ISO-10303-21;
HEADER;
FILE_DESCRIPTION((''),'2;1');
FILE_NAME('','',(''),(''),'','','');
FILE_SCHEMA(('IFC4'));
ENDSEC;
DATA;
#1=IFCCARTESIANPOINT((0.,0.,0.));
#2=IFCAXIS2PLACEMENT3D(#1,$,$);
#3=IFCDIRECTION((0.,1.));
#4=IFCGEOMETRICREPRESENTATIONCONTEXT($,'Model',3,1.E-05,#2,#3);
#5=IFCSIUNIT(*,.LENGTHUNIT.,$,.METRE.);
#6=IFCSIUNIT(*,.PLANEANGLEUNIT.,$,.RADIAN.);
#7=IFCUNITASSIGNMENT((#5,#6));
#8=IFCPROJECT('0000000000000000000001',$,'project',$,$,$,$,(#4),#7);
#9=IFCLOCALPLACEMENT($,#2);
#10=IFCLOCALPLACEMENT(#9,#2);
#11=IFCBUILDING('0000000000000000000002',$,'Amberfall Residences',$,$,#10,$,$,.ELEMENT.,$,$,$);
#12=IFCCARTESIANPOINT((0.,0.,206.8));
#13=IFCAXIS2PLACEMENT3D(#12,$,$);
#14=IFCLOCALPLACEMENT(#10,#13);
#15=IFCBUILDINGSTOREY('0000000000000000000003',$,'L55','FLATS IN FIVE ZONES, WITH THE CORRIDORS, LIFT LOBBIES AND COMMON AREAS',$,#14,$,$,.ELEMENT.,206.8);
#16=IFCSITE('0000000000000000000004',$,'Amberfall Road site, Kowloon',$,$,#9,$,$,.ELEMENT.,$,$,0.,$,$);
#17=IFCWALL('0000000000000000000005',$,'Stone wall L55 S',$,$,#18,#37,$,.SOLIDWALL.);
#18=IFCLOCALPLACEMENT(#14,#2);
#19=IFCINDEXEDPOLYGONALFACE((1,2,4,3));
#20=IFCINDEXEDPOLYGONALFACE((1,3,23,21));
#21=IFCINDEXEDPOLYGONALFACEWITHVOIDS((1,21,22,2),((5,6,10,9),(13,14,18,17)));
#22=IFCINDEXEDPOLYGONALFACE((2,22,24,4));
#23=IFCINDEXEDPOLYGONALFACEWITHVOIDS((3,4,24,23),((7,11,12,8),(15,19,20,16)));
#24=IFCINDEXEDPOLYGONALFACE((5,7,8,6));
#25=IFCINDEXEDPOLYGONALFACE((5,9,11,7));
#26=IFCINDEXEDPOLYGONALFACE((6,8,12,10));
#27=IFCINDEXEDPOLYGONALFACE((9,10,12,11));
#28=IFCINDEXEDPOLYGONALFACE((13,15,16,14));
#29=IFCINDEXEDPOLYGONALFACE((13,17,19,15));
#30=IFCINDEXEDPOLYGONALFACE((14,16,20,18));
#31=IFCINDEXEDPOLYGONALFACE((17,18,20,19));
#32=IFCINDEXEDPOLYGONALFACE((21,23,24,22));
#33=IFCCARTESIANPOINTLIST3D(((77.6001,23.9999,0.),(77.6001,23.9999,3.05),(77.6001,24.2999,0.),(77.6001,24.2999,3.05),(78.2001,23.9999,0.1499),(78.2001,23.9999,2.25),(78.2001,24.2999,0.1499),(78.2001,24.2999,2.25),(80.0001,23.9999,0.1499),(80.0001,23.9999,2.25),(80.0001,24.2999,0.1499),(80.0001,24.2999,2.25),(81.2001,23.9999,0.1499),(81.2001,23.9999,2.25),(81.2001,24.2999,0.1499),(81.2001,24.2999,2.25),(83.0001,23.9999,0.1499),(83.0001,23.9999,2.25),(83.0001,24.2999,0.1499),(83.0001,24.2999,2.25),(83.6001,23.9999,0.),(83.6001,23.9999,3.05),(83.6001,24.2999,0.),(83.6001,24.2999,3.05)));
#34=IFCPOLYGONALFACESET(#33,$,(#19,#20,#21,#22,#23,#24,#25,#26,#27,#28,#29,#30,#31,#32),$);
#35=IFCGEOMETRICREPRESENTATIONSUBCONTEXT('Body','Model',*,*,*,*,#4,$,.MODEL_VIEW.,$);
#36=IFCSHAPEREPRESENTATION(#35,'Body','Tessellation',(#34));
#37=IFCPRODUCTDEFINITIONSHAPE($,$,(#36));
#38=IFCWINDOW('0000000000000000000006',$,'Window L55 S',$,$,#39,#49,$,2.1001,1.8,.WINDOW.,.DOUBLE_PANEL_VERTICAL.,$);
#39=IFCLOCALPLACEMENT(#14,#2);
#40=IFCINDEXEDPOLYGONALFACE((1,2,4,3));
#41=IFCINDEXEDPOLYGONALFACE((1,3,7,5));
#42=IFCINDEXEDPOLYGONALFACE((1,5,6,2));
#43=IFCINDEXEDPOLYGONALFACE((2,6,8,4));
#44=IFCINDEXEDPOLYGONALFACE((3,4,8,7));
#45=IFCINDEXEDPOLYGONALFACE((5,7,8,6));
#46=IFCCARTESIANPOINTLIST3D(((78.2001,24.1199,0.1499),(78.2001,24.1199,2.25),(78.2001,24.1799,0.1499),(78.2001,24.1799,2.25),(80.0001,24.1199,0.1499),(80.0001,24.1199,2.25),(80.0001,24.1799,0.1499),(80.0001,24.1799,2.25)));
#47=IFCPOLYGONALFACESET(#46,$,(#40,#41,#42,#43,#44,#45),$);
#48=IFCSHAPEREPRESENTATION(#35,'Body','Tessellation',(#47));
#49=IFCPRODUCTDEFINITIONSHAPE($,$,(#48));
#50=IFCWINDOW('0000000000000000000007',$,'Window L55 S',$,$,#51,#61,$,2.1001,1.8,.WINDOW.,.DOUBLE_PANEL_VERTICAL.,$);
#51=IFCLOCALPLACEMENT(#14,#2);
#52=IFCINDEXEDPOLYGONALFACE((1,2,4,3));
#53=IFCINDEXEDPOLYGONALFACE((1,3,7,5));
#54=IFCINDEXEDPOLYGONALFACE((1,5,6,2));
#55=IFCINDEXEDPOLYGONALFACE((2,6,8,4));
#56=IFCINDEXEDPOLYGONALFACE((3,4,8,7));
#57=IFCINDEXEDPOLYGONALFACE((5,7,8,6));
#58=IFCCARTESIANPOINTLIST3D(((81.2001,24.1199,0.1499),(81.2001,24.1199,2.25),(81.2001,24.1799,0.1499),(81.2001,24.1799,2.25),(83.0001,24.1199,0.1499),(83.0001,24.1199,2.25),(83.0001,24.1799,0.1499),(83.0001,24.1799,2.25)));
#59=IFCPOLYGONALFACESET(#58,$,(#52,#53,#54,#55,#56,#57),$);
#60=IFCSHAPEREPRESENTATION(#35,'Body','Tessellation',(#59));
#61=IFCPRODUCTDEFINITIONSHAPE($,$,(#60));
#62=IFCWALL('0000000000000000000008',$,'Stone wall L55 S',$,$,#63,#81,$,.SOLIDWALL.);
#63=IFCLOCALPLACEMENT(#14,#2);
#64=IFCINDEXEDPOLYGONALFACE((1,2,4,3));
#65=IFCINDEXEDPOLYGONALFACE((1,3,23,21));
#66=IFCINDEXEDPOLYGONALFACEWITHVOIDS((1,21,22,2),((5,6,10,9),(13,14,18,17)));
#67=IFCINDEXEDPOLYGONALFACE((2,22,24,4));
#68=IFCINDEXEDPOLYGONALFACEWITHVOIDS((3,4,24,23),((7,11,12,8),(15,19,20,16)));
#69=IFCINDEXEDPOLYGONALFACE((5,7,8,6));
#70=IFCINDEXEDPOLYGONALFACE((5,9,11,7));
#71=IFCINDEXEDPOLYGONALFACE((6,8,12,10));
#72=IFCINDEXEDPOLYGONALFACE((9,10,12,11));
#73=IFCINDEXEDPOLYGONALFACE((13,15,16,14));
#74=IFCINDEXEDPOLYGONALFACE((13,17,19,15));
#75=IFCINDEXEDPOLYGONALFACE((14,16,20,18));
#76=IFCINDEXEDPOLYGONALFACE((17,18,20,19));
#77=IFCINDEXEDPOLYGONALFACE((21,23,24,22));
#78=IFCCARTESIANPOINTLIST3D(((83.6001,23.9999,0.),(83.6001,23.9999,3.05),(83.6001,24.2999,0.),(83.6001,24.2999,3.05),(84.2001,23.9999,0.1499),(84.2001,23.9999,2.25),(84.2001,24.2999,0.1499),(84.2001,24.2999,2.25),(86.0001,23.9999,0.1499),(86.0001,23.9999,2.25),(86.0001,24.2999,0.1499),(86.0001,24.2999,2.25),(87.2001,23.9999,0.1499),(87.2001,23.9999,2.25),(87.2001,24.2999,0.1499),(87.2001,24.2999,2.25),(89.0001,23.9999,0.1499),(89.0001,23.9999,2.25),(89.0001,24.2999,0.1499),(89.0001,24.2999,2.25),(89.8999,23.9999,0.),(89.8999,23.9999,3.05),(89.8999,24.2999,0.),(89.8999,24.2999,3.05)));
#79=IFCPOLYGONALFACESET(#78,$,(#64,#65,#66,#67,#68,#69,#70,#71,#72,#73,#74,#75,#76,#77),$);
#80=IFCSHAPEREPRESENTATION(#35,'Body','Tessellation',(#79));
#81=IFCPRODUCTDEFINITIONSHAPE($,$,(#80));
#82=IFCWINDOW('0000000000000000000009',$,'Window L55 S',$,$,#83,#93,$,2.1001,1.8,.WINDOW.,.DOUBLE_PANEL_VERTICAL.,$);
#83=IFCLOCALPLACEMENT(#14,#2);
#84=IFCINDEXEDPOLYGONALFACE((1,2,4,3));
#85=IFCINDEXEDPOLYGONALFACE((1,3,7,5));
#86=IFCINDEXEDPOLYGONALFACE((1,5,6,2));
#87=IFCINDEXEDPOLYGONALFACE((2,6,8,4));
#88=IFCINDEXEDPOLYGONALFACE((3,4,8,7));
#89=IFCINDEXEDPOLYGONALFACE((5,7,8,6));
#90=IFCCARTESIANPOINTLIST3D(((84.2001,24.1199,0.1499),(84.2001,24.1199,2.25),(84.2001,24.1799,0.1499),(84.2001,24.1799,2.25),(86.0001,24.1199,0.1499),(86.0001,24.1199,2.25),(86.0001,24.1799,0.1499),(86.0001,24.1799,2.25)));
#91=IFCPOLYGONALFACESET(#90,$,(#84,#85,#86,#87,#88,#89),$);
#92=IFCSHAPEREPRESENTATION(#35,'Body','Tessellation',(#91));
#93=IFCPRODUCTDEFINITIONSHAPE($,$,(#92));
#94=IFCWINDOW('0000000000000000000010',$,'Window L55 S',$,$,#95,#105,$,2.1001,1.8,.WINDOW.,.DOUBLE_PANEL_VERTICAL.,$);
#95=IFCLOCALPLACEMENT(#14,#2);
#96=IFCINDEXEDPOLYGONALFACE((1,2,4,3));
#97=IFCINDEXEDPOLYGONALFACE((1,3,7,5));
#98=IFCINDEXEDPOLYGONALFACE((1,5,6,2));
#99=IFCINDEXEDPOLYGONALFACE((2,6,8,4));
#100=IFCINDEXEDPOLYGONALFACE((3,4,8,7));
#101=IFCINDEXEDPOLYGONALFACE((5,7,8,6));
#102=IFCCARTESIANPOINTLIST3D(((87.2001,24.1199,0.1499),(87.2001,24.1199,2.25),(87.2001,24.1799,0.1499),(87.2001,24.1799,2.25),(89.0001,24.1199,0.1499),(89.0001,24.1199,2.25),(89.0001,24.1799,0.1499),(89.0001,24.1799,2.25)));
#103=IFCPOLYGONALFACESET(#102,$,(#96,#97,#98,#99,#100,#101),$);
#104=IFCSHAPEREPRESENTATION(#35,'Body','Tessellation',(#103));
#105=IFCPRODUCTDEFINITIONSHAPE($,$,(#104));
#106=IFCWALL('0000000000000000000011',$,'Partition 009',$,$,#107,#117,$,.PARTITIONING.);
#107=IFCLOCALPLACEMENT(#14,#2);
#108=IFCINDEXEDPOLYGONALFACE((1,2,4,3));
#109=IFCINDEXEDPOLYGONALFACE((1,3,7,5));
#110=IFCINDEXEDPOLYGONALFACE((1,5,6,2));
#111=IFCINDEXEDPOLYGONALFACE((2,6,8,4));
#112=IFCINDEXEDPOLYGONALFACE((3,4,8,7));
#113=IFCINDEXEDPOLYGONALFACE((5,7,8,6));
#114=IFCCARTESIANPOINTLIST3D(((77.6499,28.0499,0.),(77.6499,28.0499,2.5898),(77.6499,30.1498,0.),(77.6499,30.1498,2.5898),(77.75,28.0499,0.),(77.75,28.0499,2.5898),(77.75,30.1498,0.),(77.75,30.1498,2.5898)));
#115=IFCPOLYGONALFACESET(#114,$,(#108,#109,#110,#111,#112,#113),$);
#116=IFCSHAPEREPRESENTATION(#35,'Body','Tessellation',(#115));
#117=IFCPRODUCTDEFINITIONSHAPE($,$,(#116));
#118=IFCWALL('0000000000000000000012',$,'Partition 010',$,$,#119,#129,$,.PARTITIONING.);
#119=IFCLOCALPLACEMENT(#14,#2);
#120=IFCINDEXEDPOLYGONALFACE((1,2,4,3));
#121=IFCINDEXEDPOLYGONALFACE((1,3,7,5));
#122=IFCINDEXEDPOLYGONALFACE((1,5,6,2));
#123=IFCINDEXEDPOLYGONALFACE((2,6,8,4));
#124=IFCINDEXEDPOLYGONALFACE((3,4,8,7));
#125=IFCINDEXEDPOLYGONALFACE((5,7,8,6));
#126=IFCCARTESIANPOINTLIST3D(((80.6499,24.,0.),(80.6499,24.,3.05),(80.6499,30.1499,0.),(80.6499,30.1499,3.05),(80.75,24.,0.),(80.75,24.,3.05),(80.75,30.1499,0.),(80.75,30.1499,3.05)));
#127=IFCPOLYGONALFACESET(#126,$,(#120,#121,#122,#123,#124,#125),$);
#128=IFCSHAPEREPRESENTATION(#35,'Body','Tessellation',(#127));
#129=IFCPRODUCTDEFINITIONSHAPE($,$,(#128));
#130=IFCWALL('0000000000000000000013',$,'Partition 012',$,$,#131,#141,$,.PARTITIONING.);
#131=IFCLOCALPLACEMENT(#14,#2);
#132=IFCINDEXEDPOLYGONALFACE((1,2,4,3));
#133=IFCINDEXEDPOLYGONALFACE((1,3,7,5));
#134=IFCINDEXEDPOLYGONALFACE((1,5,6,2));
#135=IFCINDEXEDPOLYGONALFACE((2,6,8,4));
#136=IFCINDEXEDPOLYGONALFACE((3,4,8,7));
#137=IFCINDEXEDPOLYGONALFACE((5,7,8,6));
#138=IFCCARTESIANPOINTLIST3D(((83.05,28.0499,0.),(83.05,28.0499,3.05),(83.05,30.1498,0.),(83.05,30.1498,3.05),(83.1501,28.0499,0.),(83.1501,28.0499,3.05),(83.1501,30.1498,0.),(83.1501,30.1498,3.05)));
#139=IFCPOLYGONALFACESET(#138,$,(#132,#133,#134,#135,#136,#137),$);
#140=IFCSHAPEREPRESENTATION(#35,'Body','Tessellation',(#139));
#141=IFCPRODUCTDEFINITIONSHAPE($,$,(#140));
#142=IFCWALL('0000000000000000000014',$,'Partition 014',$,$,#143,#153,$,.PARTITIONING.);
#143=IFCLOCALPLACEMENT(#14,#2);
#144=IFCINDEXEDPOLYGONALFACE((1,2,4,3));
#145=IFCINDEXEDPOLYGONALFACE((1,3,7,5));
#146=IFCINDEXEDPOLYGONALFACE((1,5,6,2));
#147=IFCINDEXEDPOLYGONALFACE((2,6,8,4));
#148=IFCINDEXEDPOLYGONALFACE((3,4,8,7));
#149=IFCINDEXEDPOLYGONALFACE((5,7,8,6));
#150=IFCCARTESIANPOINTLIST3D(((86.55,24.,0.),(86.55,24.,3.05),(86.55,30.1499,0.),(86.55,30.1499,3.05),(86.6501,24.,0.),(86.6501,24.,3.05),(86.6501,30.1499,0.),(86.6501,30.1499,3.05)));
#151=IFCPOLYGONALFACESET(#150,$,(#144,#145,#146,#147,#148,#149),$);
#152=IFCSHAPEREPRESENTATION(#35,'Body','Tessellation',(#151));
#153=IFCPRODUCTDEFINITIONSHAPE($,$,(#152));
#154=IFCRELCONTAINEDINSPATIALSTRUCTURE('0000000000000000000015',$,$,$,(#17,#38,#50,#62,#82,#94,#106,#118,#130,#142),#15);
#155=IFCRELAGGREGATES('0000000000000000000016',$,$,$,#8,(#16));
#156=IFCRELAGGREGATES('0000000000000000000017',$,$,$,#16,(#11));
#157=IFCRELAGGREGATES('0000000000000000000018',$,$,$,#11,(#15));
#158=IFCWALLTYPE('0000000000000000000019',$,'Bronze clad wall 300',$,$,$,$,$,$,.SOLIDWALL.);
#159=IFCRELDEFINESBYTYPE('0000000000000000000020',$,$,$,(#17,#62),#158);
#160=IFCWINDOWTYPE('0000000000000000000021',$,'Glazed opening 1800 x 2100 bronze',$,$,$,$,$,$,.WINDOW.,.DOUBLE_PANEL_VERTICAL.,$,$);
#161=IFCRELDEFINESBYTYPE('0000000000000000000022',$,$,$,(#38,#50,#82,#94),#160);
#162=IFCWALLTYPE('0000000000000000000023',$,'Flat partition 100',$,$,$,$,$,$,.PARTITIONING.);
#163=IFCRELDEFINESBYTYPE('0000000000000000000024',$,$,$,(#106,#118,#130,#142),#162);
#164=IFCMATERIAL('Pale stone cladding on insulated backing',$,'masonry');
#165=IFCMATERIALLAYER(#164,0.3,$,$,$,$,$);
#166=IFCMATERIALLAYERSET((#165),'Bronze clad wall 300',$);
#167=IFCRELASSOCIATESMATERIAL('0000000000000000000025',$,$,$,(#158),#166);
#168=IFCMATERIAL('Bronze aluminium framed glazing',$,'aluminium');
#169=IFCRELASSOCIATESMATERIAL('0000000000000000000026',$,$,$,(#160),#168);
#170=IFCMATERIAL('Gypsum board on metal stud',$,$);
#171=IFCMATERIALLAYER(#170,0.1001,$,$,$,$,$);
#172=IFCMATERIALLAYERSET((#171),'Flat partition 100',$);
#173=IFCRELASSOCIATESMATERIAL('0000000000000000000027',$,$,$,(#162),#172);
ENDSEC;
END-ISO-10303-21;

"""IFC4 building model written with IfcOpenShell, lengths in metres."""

from ifc_helpers import new_model, si_unit, direction, frame, frame_2d, origin, place, context, subcontext, project, spatial, rectangle, extrude, material, layer, layer_set, type_object, element, fill, save


model = new_model("IFC4")

# Units and contexts
model_context = context("Model", 3, precision=1e-05, world=origin(), true_north=direction((0.0, 1.0)))
body_context = subcontext(model_context, "Body", "Model", "MODEL_VIEW")
ifc_project = project(units=[si_unit("LENGTHUNIT", "METRE"), si_unit("PLANEANGLEUNIT", "RADIAN")], contexts=[model_context])

# Site, building, storey
site_placement = place(None, origin())
site = spatial("IfcSite", under=ifc_project, at=site_placement, Name="Amberfall Road site, Kowloon", CompositionType="ELEMENT", RefElevation=0.0)
building_placement = place(site_placement, origin())
building = spatial("IfcBuilding", under=site, at=building_placement, Name="Amberfall Residences", CompositionType="ELEMENT")
storey_placement = place(building_placement, frame((0.0, 0.0, 206.8)))
storey = spatial("IfcBuildingStorey", under=building, at=storey_placement, Name="L55", Description="FLATS IN FIVE ZONES, WITH THE CORRIDORS, LIFT LOBBIES AND COMMON AREAS", CompositionType="ELEMENT", Elevation=206.8)

# Shared definitions
ifc_material_1 = material(Name="Pale stone cladding on insulated backing", Category="masonry")
ifc_layer_1 = layer(ifc_material_1, 0.3)
ifc_layer_set_1 = layer_set([ifc_layer_1], Name="Bronze clad wall 300")
wall_type_1 = type_object("IfcWallType", Name="Bronze clad wall 300", PredefinedType="SOLIDWALL", material=ifc_layer_set_1)

# Walls, openings, windows
wall_1_placement = place(storey_placement, frame((77.6001, 24.1499, 0.0), z_axis=(0.0, 0.0, 1.0), x_axis=(1.0, 0.0, 0.0)))
wall_1 = element("IfcWall", 1, at=wall_1_placement, inside=storey, type_object=wall_type_1, Name="Stone wall L55 S", PredefinedType="SOLIDWALL", context=body_context, shape_type="SweptSolid", body=[
    extrude(rectangle(XDim=6.0, YDim=0.3, at=frame_2d((3.0, 0.0))), origin(), (0.0, 0.0, 1.0), 3.05),
])
opening_1_placement = place(wall_1_placement, frame((0.6001, 0.0, 0.1499)))
opening_1 = element("IfcOpeningElement", 2, at=opening_1_placement, cuts=wall_1, PredefinedType="OPENING", context=body_context, shape_type="SweptSolid", body=[
    extrude(rectangle(XDim=1.8, YDim=2.1001, at=frame_2d((0.8999, 1.05))), frame((0.0, 0.1599, 0.0), z_axis=(0.0, -1.0, 0.0), x_axis=(1.0, 0.0, 0.0)), (0.0, 0.0, 1.0), 0.3201),
])
opening_2_placement = place(wall_1_placement, frame((3.6001, 0.0, 0.1499)))
opening_2 = element("IfcOpeningElement", 3, at=opening_2_placement, cuts=wall_1, PredefinedType="OPENING", context=body_context, shape_type="SweptSolid", body=[
    extrude(rectangle(XDim=1.8, YDim=2.1001, at=frame_2d((0.8999, 1.05))), frame((0.0, 0.1599, 0.0), z_axis=(0.0, -1.0, 0.0), x_axis=(1.0, 0.0, 0.0)), (0.0, 0.0, 1.0), 0.3201),
])
ifc_material_2 = material(Name="Bronze aluminium framed glazing", Category="aluminium")
window_type = type_object("IfcWindowType", Name="Glazed opening 1800 x 2100 bronze", PartitioningType="DOUBLE_PANEL_VERTICAL", PredefinedType="WINDOW", material=ifc_material_2)
window_1_placement = place(opening_1_placement, origin())
window_1 = element("IfcWindow", 4, at=window_1_placement, inside=storey, type_object=window_type, Name="Window L55 S", OverallHeight=2.1001, OverallWidth=1.8, PartitioningType="DOUBLE_PANEL_VERTICAL", PredefinedType="WINDOW", context=body_context, shape_type="SweptSolid", body=[
    extrude(rectangle(XDim=1.8, YDim=2.1001, at=frame_2d((0.8999, 1.05))), frame((0.0, 0.03, 0.0), z_axis=(0.0, -1.0, 0.0), x_axis=(1.0, 0.0, 0.0)), (0.0, 0.0, 1.0), 0.0601),
])
fill(opening_1, window_1)
window_2_placement = place(opening_2_placement, origin())
window_2 = element("IfcWindow", 5, at=window_2_placement, inside=storey, type_object=window_type, Name="Window L55 S", OverallHeight=2.1001, OverallWidth=1.8, PartitioningType="DOUBLE_PANEL_VERTICAL", PredefinedType="WINDOW", context=body_context, shape_type="SweptSolid", body=[
    extrude(rectangle(XDim=1.8, YDim=2.1001, at=frame_2d((0.8999, 1.05))), frame((0.0, 0.03, 0.0), z_axis=(0.0, -1.0, 0.0), x_axis=(1.0, 0.0, 0.0)), (0.0, 0.0, 1.0), 0.0601),
])
fill(opening_2, window_2)
wall_2_placement = place(storey_placement, frame((83.6001, 24.1499, 0.0), z_axis=(0.0, 0.0, 1.0), x_axis=(1.0, 0.0, 0.0)))
wall_2 = element("IfcWall", 6, at=wall_2_placement, inside=storey, type_object=wall_type_1, Name="Stone wall L55 S", PredefinedType="SOLIDWALL", context=body_context, shape_type="SweptSolid", body=[
    extrude(rectangle(XDim=6.2998, YDim=0.3, at=frame_2d((3.1499, 0.0))), origin(), (0.0, 0.0, 1.0), 3.05),
])
opening_3_placement = place(wall_2_placement, frame((0.6001, 0.0, 0.1499)))
opening_3 = element("IfcOpeningElement", 7, at=opening_3_placement, cuts=wall_2, PredefinedType="OPENING", context=body_context, shape_type="SweptSolid", body=[
    extrude(rectangle(XDim=1.8, YDim=2.1001, at=frame_2d((0.8999, 1.05))), frame((0.0, 0.1599, 0.0), z_axis=(0.0, -1.0, 0.0), x_axis=(1.0, 0.0, 0.0)), (0.0, 0.0, 1.0), 0.3201),
])
opening_4_placement = place(wall_2_placement, frame((3.6001, 0.0, 0.1499)))
opening_4 = element("IfcOpeningElement", 8, at=opening_4_placement, cuts=wall_2, PredefinedType="OPENING", context=body_context, shape_type="SweptSolid", body=[
    extrude(rectangle(XDim=1.8, YDim=2.1001, at=frame_2d((0.8999, 1.05))), frame((0.0, 0.1599, 0.0), z_axis=(0.0, -1.0, 0.0), x_axis=(1.0, 0.0, 0.0)), (0.0, 0.0, 1.0), 0.3201),
])
window_3_placement = place(opening_3_placement, origin())
window_3 = element("IfcWindow", 9, at=window_3_placement, inside=storey, type_object=window_type, Name="Window L55 S", OverallHeight=2.1001, OverallWidth=1.8, PartitioningType="DOUBLE_PANEL_VERTICAL", PredefinedType="WINDOW", context=body_context, shape_type="SweptSolid", body=[
    extrude(rectangle(XDim=1.8, YDim=2.1001, at=frame_2d((0.8999, 1.05))), frame((0.0, 0.03, 0.0), z_axis=(0.0, -1.0, 0.0), x_axis=(1.0, 0.0, 0.0)), (0.0, 0.0, 1.0), 0.0601),
])
fill(opening_3, window_3)
window_4_placement = place(opening_4_placement, origin())
window_4 = element("IfcWindow", 10, at=window_4_placement, inside=storey, type_object=window_type, Name="Window L55 S", OverallHeight=2.1001, OverallWidth=1.8, PartitioningType="DOUBLE_PANEL_VERTICAL", PredefinedType="WINDOW", context=body_context, shape_type="SweptSolid", body=[
    extrude(rectangle(XDim=1.8, YDim=2.1001, at=frame_2d((0.8999, 1.05))), frame((0.0, 0.03, 0.0), z_axis=(0.0, -1.0, 0.0), x_axis=(1.0, 0.0, 0.0)), (0.0, 0.0, 1.0), 0.0601),
])
fill(opening_4, window_4)

# Walls
ifc_material_3 = material(Name="Gypsum board on metal stud")
ifc_layer_2 = layer(ifc_material_3, 0.1001)
ifc_layer_set_2 = layer_set([ifc_layer_2], Name="Flat partition 100")
wall_type_2 = type_object("IfcWallType", Name="Flat partition 100", PredefinedType="PARTITIONING", material=ifc_layer_set_2)
wall_3_placement = place(storey_placement, frame((77.7, 28.05, 0.0), z_axis=(0.0, 0.0, 1.0), x_axis=(0.0, 1.0, 0.0)))
element("IfcWall", 11, at=wall_3_placement, inside=storey, type_object=wall_type_2, Name="Partition 009", PredefinedType="PARTITIONING", context=body_context, shape_type="SweptSolid", body=[
    extrude(rectangle(XDim=2.0999, YDim=0.1001, at=frame_2d((1.0498, 0.0))), origin(), (0.0, 0.0, 1.0), 2.5898),
])
wall_4_placement = place(storey_placement, frame((80.7, 24.0, 0.0), z_axis=(0.0, 0.0, 1.0), x_axis=(0.0, 1.0, 0.0)))
element("IfcWall", 12, at=wall_4_placement, inside=storey, type_object=wall_type_2, Name="Partition 010", PredefinedType="PARTITIONING", context=body_context, shape_type="SweptSolid", body=[
    extrude(rectangle(XDim=6.1499, YDim=0.1001, at=frame_2d((3.075, 0.0))), origin(), (0.0, 0.0, 1.0), 3.05),
])
wall_5_placement = place(storey_placement, frame((83.1001, 28.05, 0.0), z_axis=(0.0, 0.0, 1.0), x_axis=(0.0, 1.0, 0.0)))
element("IfcWall", 13, at=wall_5_placement, inside=storey, type_object=wall_type_2, Name="Partition 012", PredefinedType="PARTITIONING", context=body_context, shape_type="SweptSolid", body=[
    extrude(rectangle(XDim=2.0999, YDim=0.1001, at=frame_2d((1.0498, 0.0))), origin(), (0.0, 0.0, 1.0), 3.05),
])
wall_6_placement = place(storey_placement, frame((86.6001, 24.0, 0.0), z_axis=(0.0, 0.0, 1.0), x_axis=(0.0, 1.0, 0.0)))
element("IfcWall", 14, at=wall_6_placement, inside=storey, type_object=wall_type_2, Name="Partition 014", PredefinedType="PARTITIONING", context=body_context, shape_type="SweptSolid", body=[
    extrude(rectangle(XDim=6.1499, YDim=0.1001, at=frame_2d((3.075, 0.0))), origin(), (0.0, 0.0, 1.0), 3.05),
])

save(model, "model.ifc")
